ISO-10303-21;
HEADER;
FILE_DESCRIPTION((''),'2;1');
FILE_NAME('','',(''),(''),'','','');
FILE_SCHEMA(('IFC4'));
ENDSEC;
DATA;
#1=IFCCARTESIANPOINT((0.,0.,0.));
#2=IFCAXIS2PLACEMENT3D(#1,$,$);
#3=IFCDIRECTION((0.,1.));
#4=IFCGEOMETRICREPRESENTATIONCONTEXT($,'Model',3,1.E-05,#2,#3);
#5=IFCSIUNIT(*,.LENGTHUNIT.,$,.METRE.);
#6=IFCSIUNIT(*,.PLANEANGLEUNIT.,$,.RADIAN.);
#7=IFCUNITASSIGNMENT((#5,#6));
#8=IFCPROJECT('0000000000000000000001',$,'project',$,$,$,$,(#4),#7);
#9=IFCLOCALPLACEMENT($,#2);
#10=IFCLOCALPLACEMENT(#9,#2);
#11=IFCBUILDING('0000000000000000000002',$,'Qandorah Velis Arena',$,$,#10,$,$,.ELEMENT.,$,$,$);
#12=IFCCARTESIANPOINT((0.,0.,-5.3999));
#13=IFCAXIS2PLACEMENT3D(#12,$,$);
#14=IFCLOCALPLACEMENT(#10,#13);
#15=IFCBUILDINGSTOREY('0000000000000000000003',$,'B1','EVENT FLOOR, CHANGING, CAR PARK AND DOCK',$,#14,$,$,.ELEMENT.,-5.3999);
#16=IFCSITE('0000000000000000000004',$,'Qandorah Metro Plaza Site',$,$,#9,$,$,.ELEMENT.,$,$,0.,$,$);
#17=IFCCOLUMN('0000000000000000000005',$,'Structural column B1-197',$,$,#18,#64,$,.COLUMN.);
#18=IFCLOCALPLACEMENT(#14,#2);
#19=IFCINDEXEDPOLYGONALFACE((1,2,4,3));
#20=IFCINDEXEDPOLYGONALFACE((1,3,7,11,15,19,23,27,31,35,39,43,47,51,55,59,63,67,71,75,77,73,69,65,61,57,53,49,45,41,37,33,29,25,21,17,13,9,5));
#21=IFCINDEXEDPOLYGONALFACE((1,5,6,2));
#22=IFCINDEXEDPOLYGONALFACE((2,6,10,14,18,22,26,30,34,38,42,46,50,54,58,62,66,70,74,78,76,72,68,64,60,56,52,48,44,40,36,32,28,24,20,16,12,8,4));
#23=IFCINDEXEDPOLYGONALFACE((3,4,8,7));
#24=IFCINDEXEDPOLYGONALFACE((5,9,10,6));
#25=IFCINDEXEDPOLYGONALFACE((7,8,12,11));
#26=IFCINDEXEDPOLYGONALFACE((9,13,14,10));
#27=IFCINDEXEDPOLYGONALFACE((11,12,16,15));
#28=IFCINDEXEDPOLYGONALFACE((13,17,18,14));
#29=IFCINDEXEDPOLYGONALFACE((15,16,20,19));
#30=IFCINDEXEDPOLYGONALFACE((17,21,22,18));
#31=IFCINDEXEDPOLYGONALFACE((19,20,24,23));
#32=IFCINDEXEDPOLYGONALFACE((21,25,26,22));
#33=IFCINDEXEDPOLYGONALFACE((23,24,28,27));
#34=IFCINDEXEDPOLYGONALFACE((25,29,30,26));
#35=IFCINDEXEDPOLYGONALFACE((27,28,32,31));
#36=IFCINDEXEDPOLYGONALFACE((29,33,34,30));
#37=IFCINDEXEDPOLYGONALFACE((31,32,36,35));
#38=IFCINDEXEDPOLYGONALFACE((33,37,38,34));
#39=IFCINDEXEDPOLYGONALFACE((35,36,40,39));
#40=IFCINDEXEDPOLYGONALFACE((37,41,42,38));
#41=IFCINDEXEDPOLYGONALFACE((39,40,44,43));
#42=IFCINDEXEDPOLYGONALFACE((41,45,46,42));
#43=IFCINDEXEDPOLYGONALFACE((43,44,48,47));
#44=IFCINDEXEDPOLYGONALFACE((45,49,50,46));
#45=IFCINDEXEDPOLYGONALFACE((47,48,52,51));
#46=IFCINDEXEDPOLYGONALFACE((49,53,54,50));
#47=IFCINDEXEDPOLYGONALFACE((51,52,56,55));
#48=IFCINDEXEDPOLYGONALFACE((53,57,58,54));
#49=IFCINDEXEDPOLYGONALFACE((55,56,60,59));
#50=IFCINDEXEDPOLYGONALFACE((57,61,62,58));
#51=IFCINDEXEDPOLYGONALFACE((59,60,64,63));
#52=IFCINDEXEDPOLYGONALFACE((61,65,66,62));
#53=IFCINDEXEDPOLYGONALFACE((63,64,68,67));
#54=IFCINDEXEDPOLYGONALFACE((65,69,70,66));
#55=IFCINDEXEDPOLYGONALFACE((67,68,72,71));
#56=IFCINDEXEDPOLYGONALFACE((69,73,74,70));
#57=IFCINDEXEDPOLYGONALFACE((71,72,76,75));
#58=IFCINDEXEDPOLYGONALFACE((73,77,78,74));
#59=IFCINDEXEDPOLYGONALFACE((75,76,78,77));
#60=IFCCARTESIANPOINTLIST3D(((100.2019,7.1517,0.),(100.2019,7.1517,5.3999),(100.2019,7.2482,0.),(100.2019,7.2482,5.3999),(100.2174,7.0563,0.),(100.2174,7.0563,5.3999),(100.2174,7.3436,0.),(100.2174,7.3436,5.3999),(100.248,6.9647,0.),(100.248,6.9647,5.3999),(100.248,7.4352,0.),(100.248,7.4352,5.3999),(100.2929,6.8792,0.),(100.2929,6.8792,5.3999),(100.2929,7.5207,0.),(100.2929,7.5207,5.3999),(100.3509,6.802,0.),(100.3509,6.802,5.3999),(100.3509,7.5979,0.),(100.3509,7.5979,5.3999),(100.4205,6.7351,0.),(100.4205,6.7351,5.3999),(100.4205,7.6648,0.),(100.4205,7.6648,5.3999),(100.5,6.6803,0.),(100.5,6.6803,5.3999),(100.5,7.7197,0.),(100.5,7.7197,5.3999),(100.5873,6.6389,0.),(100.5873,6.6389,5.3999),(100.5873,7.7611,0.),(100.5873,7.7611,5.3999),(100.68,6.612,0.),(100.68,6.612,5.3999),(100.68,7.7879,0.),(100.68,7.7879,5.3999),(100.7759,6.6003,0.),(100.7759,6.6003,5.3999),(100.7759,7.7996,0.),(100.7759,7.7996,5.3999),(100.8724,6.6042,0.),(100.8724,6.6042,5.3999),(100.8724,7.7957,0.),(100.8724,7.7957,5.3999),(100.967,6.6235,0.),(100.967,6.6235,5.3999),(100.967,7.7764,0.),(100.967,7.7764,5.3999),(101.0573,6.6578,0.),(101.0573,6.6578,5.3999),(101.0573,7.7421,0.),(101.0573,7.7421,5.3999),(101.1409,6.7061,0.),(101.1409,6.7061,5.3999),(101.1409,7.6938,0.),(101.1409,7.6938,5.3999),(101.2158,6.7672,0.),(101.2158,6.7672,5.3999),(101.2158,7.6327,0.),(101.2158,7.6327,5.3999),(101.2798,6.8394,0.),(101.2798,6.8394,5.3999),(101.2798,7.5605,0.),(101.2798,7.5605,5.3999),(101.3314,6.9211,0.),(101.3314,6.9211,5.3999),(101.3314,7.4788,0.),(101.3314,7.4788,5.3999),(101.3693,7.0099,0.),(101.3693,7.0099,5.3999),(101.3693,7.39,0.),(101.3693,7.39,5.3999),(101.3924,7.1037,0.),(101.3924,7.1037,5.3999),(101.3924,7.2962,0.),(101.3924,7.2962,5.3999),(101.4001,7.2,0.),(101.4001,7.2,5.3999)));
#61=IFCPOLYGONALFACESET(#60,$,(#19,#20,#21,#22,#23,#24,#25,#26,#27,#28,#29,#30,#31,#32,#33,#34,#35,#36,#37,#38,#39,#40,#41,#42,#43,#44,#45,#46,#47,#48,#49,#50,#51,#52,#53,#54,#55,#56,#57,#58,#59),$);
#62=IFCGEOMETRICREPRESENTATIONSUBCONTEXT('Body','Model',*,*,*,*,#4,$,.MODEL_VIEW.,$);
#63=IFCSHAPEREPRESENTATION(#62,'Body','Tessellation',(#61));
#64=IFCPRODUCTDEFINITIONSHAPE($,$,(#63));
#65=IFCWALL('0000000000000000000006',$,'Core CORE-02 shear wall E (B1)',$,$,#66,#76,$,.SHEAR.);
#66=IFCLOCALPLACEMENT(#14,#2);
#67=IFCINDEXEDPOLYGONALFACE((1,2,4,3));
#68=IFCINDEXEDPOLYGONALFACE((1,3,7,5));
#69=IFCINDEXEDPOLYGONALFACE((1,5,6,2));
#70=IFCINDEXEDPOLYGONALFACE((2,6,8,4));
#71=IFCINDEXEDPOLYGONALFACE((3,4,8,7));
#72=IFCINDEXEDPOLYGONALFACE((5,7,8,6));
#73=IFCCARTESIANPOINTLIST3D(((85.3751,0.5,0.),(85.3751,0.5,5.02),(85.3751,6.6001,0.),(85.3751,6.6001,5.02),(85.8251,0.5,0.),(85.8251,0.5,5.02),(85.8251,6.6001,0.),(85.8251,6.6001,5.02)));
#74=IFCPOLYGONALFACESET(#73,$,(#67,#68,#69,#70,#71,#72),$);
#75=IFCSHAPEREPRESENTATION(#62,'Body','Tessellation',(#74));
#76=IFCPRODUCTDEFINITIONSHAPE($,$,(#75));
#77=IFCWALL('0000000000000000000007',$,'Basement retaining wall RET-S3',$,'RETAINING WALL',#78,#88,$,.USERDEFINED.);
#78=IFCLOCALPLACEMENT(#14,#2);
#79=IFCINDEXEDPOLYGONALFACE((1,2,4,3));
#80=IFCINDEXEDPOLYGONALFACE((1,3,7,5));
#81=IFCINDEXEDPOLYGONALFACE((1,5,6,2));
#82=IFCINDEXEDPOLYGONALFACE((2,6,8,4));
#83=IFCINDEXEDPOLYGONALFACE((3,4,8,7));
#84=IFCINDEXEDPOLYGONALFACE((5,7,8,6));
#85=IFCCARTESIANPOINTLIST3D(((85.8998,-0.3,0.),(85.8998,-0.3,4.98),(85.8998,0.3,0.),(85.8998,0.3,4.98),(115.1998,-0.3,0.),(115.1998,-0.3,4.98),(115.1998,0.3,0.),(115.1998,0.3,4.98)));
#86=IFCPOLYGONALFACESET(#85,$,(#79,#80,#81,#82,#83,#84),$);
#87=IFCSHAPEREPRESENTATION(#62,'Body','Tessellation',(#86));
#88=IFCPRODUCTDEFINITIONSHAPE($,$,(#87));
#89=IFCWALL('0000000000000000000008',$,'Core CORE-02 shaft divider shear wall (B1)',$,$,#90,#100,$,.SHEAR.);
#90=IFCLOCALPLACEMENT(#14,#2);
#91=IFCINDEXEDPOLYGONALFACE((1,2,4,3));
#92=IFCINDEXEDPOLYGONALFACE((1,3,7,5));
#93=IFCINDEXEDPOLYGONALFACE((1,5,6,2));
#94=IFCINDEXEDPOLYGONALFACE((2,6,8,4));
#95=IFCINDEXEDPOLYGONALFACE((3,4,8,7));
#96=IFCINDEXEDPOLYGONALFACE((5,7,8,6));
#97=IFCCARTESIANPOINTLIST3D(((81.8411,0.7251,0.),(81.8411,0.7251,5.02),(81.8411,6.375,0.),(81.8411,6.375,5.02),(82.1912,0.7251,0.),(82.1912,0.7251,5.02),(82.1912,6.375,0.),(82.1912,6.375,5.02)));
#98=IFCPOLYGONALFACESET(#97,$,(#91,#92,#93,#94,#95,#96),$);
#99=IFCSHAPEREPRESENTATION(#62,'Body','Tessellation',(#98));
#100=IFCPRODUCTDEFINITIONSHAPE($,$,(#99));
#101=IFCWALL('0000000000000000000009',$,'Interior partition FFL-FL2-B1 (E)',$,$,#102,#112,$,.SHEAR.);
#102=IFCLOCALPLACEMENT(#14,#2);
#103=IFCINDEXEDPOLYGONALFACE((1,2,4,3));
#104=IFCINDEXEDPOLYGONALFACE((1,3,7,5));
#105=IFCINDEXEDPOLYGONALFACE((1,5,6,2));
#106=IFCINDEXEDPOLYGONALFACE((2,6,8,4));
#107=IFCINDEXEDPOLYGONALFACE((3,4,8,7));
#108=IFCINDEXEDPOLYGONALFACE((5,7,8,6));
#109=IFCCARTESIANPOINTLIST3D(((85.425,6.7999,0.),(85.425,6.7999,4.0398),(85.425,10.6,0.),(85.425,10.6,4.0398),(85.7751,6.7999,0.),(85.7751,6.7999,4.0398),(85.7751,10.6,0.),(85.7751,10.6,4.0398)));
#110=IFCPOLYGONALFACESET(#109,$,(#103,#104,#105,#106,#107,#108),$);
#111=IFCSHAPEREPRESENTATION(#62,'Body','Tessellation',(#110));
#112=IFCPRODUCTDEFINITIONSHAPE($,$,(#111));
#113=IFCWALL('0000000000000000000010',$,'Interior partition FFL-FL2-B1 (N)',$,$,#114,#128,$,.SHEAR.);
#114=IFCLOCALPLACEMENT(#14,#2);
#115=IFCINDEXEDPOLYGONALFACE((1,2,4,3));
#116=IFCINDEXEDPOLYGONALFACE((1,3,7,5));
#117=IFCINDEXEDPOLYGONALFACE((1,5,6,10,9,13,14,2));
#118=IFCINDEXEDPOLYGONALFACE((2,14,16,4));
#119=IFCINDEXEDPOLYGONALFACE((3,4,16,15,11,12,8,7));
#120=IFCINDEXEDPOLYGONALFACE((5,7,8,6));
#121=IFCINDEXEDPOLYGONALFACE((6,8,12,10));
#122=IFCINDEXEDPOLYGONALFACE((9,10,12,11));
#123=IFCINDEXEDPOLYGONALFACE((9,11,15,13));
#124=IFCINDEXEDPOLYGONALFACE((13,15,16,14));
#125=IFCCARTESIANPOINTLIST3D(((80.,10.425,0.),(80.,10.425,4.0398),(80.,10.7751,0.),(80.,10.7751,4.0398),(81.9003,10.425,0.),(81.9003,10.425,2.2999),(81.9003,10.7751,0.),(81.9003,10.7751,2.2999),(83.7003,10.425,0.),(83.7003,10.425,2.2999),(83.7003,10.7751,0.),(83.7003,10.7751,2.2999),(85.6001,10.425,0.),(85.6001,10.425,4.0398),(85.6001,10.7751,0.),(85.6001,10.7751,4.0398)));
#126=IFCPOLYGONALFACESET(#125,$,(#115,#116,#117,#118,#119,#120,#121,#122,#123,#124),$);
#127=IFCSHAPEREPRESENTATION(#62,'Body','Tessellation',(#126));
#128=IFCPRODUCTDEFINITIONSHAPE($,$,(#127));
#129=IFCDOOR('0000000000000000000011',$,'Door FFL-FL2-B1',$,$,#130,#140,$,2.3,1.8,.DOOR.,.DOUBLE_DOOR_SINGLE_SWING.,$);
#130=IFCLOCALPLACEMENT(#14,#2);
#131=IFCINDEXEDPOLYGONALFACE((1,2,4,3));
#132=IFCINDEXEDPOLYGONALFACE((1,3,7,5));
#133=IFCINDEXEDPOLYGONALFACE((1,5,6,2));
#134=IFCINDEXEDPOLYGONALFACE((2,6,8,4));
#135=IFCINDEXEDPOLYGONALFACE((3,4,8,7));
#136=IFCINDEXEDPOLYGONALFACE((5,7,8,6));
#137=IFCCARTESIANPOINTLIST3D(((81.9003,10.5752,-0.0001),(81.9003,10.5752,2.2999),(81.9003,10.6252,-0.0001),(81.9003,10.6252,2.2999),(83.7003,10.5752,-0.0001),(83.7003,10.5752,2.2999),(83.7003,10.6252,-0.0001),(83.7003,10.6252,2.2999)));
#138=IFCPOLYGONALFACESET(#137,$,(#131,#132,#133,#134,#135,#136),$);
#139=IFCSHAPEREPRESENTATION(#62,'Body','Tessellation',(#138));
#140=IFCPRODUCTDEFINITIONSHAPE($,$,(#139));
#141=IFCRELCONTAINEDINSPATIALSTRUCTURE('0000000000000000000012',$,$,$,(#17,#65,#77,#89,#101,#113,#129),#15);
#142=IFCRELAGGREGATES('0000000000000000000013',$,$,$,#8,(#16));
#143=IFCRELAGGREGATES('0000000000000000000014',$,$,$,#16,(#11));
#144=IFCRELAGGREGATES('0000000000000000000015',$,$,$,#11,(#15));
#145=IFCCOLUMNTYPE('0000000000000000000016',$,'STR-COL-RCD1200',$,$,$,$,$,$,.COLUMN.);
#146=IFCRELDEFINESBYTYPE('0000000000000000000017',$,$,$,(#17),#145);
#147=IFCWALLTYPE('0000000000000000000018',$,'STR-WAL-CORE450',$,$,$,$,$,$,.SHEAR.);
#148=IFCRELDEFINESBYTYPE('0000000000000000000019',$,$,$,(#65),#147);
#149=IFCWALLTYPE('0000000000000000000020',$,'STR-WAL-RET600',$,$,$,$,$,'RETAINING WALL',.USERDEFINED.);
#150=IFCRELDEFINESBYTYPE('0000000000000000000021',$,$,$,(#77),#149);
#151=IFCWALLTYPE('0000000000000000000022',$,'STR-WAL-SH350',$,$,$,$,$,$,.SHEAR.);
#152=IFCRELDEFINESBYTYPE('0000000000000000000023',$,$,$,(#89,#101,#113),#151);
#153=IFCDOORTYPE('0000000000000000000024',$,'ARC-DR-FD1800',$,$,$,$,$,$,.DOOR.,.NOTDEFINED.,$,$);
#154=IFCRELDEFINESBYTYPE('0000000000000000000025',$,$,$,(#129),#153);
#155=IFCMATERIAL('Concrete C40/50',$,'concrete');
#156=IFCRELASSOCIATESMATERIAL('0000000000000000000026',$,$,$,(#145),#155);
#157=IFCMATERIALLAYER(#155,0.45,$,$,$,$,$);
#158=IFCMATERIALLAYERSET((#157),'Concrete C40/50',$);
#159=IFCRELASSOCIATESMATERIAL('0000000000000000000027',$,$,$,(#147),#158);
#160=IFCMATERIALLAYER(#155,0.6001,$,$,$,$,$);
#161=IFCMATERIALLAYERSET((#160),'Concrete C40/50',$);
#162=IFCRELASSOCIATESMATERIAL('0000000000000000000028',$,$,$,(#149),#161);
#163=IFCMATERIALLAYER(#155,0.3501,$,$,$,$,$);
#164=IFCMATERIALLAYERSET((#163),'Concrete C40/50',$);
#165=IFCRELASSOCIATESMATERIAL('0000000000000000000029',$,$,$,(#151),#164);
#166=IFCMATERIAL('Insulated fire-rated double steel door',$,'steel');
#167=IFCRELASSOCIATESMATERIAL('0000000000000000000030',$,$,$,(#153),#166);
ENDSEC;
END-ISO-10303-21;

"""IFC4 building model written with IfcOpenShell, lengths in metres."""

from ifc_helpers import new_model, si_unit, direction, frame, frame_2d, origin, origin_2d, place, context, subcontext, project, spatial, rectangle, circle, extrude, material, layer, layer_set, material_profile, profile_set, type_object, element, fill, save


model = new_model("IFC4")

# Units and contexts
model_context = context("Model", 3, precision=1e-05, world=origin(), true_north=direction((0.0, 1.0)))
body_context = subcontext(model_context, "Body", "Model", "MODEL_VIEW")
ifc_project = project(units=[si_unit("LENGTHUNIT", "METRE"), si_unit("PLANEANGLEUNIT", "RADIAN")], contexts=[model_context])

# Site, building, storey
site_placement = place(None, origin())
site = spatial("IfcSite", under=ifc_project, at=site_placement, Name="Qandorah Metro Plaza Site", CompositionType="ELEMENT", RefElevation=0.0)
building_placement = place(site_placement, origin())
building = spatial("IfcBuilding", under=site, at=building_placement, Name="Qandorah Velis Arena", CompositionType="ELEMENT")
storey_placement = place(building_placement, frame((0.0, 0.0, -5.3999)))
storey = spatial("IfcBuildingStorey", under=building, at=storey_placement, Name="B1", Description="EVENT FLOOR, CHANGING, CAR PARK AND DOCK", CompositionType="ELEMENT", Elevation=-5.3999)

# Shared definitions
ifc_material_1 = material(Name="Concrete C40/50", Category="concrete")

# Column
ifc_material_profile_1 = material_profile(ifc_material_1, circle(Radius=0.6001, at=origin_2d()), Name="RC D1200")
ifc_profile_set_1 = profile_set([ifc_material_profile_1], Name="Concrete C40/50")
column_type_1 = type_object("IfcColumnType", Name="STR-COL-RCD1200", PredefinedType="COLUMN", material=ifc_profile_set_1)
for number, where, z_axis, x_axis, name in (
    (1, (100.8, 7.2, 0.0), (0.0, 0.0, 1.0), (1.0, 0.0, 0.0), "Structural column B1-197"),
):
    element("IfcColumn", number, at=place(storey_placement, frame(where, z_axis=z_axis, x_axis=x_axis)), inside=storey, type_object=column_type_1, Name=name, PredefinedType="COLUMN", context=body_context, shape_type="SweptSolid", body=[
        extrude(circle(Radius=0.6001, at=origin_2d()), origin(), (0.0, 0.0, 1.0), 5.3999),
    ])

# Walls
ifc_layer_1 = layer(ifc_material_1, 0.45)
ifc_layer_set_1 = layer_set([ifc_layer_1], Name="Concrete C40/50")
wall_type_1 = type_object("IfcWallType", Name="STR-WAL-CORE450", PredefinedType="SHEAR", material=ifc_layer_set_1)
wall_1_placement = place(storey_placement, frame((85.6001, 0.5, 0.0), z_axis=(0.0, 0.0, 1.0), x_axis=(0.0, 1.0, 0.0)))
element("IfcWall", 2, at=wall_1_placement, inside=storey, type_object=wall_type_1, Name="Core CORE-02 shear wall E (B1)", PredefinedType="SHEAR", context=body_context, shape_type="SweptSolid", body=[
    extrude(rectangle(XDim=6.1001, YDim=0.45, at=frame_2d((3.05, 0.0))), origin(), (0.0, 0.0, 1.0), 5.02),
])
ifc_layer_2 = layer(ifc_material_1, 0.6001)
ifc_layer_set_2 = layer_set([ifc_layer_2], Name="Concrete C40/50")
wall_type_2 = type_object("IfcWallType", Name="STR-WAL-RET600", ElementType="RETAINING WALL", PredefinedType="USERDEFINED", material=ifc_layer_set_2)
wall_2_placement = place(storey_placement, frame((85.8999, 0.0, 0.0), z_axis=(0.0, 0.0, 1.0), x_axis=(1.0, 0.0, 0.0)))
element("IfcWall", 3, at=wall_2_placement, inside=storey, type_object=wall_type_2, Name="Basement retaining wall RET-S3", ObjectType="RETAINING WALL", PredefinedType="USERDEFINED", context=body_context, shape_type="SweptSolid", body=[
    extrude(rectangle(XDim=29.3, YDim=0.6001, at=frame_2d((14.6499, 0.0))), origin(), (0.0, 0.0, 1.0), 4.98),
])
ifc_layer_3 = layer(ifc_material_1, 0.3501)
ifc_layer_set_3 = layer_set([ifc_layer_3], Name="Concrete C40/50")
wall_type_3 = type_object("IfcWallType", Name="STR-WAL-SH350", PredefinedType="SHEAR", material=ifc_layer_set_3)
wall_3_placement = place(storey_placement, frame((82.0161, 0.7251, 0.0), z_axis=(0.0, 0.0, 1.0), x_axis=(0.0, 1.0, 0.0)))
element("IfcWall", 4, at=wall_3_placement, inside=storey, type_object=wall_type_3, Name="Core CORE-02 shaft divider shear wall (B1)", PredefinedType="SHEAR", context=body_context, shape_type="SweptSolid", body=[
    extrude(rectangle(XDim=5.6499, YDim=0.3501, at=frame_2d((2.825, 0.0))), origin(), (0.0, 0.0, 1.0), 5.02),
])
wall_4_placement = place(storey_placement, frame((85.6001, 6.8, 0.0), z_axis=(0.0, 0.0, 1.0), x_axis=(0.0, 1.0, 0.0)))
element("IfcWall", 5, at=wall_4_placement, inside=storey, type_object=wall_type_3, Name="Interior partition FFL-FL2-B1 (E)", PredefinedType="SHEAR", context=body_context, shape_type="SweptSolid", body=[
    extrude(rectangle(XDim=3.8, YDim=0.3501, at=frame_2d((1.8999, 0.0))), origin(), (0.0, 0.0, 1.0), 4.0398),
])

# Wall, opening, door
wall_5_placement = place(storey_placement, frame((85.6001, 10.6001, 0.0), z_axis=(0.0, 0.0, 1.0), x_axis=(-1.0, 0.0, 0.0)))
wall_5 = element("IfcWall", 6, at=wall_5_placement, inside=storey, type_object=wall_type_3, Name="Interior partition FFL-FL2-B1 (N)", PredefinedType="SHEAR", context=body_context, shape_type="SweptSolid", body=[
    extrude(rectangle(XDim=5.6001, YDim=0.3501, at=frame_2d((2.8, 0.0))), origin(), (0.0, 0.0, 1.0), 4.0398),
])
opening_placement = place(wall_5_placement, frame((1.8999, 0.0, 0.0)))
opening = element("IfcOpeningElement", 7, at=opening_placement, cuts=wall_5, PredefinedType="OPENING", context=body_context, shape_type="SweptSolid", body=[
    extrude(rectangle(XDim=1.8, YDim=2.3, at=frame_2d((0.8999, 1.1499))), frame((0.0, 0.1851, 0.0), z_axis=(0.0, -1.0, 0.0), x_axis=(1.0, 0.0, 0.0)), (0.0, 0.0, 1.0), 0.3701),
])
ifc_material_2 = material(Name="Insulated fire-rated double steel door", Category="steel")
door_type = type_object("IfcDoorType", Name="ARC-DR-FD1800", OperationType="NOTDEFINED", PredefinedType="DOOR", material=ifc_material_2)
door_placement = place(opening_placement, origin())
door = element("IfcDoor", 8, at=door_placement, inside=storey, type_object=door_type, Name="Door FFL-FL2-B1", OperationType="DOUBLE_DOOR_SINGLE_SWING", OverallHeight=2.3, OverallWidth=1.8, PredefinedType="DOOR", context=body_context, shape_type="SweptSolid", body=[
    extrude(rectangle(XDim=1.8, YDim=2.3, at=frame_2d((0.8999, 1.1499))), frame((0.0, 0.0249, 0.0), z_axis=(0.0, -1.0, 0.0), x_axis=(1.0, 0.0, 0.0)), (0.0, 0.0, 1.0), 0.05),
])
fill(opening, door)

save(model, "model.ifc")
